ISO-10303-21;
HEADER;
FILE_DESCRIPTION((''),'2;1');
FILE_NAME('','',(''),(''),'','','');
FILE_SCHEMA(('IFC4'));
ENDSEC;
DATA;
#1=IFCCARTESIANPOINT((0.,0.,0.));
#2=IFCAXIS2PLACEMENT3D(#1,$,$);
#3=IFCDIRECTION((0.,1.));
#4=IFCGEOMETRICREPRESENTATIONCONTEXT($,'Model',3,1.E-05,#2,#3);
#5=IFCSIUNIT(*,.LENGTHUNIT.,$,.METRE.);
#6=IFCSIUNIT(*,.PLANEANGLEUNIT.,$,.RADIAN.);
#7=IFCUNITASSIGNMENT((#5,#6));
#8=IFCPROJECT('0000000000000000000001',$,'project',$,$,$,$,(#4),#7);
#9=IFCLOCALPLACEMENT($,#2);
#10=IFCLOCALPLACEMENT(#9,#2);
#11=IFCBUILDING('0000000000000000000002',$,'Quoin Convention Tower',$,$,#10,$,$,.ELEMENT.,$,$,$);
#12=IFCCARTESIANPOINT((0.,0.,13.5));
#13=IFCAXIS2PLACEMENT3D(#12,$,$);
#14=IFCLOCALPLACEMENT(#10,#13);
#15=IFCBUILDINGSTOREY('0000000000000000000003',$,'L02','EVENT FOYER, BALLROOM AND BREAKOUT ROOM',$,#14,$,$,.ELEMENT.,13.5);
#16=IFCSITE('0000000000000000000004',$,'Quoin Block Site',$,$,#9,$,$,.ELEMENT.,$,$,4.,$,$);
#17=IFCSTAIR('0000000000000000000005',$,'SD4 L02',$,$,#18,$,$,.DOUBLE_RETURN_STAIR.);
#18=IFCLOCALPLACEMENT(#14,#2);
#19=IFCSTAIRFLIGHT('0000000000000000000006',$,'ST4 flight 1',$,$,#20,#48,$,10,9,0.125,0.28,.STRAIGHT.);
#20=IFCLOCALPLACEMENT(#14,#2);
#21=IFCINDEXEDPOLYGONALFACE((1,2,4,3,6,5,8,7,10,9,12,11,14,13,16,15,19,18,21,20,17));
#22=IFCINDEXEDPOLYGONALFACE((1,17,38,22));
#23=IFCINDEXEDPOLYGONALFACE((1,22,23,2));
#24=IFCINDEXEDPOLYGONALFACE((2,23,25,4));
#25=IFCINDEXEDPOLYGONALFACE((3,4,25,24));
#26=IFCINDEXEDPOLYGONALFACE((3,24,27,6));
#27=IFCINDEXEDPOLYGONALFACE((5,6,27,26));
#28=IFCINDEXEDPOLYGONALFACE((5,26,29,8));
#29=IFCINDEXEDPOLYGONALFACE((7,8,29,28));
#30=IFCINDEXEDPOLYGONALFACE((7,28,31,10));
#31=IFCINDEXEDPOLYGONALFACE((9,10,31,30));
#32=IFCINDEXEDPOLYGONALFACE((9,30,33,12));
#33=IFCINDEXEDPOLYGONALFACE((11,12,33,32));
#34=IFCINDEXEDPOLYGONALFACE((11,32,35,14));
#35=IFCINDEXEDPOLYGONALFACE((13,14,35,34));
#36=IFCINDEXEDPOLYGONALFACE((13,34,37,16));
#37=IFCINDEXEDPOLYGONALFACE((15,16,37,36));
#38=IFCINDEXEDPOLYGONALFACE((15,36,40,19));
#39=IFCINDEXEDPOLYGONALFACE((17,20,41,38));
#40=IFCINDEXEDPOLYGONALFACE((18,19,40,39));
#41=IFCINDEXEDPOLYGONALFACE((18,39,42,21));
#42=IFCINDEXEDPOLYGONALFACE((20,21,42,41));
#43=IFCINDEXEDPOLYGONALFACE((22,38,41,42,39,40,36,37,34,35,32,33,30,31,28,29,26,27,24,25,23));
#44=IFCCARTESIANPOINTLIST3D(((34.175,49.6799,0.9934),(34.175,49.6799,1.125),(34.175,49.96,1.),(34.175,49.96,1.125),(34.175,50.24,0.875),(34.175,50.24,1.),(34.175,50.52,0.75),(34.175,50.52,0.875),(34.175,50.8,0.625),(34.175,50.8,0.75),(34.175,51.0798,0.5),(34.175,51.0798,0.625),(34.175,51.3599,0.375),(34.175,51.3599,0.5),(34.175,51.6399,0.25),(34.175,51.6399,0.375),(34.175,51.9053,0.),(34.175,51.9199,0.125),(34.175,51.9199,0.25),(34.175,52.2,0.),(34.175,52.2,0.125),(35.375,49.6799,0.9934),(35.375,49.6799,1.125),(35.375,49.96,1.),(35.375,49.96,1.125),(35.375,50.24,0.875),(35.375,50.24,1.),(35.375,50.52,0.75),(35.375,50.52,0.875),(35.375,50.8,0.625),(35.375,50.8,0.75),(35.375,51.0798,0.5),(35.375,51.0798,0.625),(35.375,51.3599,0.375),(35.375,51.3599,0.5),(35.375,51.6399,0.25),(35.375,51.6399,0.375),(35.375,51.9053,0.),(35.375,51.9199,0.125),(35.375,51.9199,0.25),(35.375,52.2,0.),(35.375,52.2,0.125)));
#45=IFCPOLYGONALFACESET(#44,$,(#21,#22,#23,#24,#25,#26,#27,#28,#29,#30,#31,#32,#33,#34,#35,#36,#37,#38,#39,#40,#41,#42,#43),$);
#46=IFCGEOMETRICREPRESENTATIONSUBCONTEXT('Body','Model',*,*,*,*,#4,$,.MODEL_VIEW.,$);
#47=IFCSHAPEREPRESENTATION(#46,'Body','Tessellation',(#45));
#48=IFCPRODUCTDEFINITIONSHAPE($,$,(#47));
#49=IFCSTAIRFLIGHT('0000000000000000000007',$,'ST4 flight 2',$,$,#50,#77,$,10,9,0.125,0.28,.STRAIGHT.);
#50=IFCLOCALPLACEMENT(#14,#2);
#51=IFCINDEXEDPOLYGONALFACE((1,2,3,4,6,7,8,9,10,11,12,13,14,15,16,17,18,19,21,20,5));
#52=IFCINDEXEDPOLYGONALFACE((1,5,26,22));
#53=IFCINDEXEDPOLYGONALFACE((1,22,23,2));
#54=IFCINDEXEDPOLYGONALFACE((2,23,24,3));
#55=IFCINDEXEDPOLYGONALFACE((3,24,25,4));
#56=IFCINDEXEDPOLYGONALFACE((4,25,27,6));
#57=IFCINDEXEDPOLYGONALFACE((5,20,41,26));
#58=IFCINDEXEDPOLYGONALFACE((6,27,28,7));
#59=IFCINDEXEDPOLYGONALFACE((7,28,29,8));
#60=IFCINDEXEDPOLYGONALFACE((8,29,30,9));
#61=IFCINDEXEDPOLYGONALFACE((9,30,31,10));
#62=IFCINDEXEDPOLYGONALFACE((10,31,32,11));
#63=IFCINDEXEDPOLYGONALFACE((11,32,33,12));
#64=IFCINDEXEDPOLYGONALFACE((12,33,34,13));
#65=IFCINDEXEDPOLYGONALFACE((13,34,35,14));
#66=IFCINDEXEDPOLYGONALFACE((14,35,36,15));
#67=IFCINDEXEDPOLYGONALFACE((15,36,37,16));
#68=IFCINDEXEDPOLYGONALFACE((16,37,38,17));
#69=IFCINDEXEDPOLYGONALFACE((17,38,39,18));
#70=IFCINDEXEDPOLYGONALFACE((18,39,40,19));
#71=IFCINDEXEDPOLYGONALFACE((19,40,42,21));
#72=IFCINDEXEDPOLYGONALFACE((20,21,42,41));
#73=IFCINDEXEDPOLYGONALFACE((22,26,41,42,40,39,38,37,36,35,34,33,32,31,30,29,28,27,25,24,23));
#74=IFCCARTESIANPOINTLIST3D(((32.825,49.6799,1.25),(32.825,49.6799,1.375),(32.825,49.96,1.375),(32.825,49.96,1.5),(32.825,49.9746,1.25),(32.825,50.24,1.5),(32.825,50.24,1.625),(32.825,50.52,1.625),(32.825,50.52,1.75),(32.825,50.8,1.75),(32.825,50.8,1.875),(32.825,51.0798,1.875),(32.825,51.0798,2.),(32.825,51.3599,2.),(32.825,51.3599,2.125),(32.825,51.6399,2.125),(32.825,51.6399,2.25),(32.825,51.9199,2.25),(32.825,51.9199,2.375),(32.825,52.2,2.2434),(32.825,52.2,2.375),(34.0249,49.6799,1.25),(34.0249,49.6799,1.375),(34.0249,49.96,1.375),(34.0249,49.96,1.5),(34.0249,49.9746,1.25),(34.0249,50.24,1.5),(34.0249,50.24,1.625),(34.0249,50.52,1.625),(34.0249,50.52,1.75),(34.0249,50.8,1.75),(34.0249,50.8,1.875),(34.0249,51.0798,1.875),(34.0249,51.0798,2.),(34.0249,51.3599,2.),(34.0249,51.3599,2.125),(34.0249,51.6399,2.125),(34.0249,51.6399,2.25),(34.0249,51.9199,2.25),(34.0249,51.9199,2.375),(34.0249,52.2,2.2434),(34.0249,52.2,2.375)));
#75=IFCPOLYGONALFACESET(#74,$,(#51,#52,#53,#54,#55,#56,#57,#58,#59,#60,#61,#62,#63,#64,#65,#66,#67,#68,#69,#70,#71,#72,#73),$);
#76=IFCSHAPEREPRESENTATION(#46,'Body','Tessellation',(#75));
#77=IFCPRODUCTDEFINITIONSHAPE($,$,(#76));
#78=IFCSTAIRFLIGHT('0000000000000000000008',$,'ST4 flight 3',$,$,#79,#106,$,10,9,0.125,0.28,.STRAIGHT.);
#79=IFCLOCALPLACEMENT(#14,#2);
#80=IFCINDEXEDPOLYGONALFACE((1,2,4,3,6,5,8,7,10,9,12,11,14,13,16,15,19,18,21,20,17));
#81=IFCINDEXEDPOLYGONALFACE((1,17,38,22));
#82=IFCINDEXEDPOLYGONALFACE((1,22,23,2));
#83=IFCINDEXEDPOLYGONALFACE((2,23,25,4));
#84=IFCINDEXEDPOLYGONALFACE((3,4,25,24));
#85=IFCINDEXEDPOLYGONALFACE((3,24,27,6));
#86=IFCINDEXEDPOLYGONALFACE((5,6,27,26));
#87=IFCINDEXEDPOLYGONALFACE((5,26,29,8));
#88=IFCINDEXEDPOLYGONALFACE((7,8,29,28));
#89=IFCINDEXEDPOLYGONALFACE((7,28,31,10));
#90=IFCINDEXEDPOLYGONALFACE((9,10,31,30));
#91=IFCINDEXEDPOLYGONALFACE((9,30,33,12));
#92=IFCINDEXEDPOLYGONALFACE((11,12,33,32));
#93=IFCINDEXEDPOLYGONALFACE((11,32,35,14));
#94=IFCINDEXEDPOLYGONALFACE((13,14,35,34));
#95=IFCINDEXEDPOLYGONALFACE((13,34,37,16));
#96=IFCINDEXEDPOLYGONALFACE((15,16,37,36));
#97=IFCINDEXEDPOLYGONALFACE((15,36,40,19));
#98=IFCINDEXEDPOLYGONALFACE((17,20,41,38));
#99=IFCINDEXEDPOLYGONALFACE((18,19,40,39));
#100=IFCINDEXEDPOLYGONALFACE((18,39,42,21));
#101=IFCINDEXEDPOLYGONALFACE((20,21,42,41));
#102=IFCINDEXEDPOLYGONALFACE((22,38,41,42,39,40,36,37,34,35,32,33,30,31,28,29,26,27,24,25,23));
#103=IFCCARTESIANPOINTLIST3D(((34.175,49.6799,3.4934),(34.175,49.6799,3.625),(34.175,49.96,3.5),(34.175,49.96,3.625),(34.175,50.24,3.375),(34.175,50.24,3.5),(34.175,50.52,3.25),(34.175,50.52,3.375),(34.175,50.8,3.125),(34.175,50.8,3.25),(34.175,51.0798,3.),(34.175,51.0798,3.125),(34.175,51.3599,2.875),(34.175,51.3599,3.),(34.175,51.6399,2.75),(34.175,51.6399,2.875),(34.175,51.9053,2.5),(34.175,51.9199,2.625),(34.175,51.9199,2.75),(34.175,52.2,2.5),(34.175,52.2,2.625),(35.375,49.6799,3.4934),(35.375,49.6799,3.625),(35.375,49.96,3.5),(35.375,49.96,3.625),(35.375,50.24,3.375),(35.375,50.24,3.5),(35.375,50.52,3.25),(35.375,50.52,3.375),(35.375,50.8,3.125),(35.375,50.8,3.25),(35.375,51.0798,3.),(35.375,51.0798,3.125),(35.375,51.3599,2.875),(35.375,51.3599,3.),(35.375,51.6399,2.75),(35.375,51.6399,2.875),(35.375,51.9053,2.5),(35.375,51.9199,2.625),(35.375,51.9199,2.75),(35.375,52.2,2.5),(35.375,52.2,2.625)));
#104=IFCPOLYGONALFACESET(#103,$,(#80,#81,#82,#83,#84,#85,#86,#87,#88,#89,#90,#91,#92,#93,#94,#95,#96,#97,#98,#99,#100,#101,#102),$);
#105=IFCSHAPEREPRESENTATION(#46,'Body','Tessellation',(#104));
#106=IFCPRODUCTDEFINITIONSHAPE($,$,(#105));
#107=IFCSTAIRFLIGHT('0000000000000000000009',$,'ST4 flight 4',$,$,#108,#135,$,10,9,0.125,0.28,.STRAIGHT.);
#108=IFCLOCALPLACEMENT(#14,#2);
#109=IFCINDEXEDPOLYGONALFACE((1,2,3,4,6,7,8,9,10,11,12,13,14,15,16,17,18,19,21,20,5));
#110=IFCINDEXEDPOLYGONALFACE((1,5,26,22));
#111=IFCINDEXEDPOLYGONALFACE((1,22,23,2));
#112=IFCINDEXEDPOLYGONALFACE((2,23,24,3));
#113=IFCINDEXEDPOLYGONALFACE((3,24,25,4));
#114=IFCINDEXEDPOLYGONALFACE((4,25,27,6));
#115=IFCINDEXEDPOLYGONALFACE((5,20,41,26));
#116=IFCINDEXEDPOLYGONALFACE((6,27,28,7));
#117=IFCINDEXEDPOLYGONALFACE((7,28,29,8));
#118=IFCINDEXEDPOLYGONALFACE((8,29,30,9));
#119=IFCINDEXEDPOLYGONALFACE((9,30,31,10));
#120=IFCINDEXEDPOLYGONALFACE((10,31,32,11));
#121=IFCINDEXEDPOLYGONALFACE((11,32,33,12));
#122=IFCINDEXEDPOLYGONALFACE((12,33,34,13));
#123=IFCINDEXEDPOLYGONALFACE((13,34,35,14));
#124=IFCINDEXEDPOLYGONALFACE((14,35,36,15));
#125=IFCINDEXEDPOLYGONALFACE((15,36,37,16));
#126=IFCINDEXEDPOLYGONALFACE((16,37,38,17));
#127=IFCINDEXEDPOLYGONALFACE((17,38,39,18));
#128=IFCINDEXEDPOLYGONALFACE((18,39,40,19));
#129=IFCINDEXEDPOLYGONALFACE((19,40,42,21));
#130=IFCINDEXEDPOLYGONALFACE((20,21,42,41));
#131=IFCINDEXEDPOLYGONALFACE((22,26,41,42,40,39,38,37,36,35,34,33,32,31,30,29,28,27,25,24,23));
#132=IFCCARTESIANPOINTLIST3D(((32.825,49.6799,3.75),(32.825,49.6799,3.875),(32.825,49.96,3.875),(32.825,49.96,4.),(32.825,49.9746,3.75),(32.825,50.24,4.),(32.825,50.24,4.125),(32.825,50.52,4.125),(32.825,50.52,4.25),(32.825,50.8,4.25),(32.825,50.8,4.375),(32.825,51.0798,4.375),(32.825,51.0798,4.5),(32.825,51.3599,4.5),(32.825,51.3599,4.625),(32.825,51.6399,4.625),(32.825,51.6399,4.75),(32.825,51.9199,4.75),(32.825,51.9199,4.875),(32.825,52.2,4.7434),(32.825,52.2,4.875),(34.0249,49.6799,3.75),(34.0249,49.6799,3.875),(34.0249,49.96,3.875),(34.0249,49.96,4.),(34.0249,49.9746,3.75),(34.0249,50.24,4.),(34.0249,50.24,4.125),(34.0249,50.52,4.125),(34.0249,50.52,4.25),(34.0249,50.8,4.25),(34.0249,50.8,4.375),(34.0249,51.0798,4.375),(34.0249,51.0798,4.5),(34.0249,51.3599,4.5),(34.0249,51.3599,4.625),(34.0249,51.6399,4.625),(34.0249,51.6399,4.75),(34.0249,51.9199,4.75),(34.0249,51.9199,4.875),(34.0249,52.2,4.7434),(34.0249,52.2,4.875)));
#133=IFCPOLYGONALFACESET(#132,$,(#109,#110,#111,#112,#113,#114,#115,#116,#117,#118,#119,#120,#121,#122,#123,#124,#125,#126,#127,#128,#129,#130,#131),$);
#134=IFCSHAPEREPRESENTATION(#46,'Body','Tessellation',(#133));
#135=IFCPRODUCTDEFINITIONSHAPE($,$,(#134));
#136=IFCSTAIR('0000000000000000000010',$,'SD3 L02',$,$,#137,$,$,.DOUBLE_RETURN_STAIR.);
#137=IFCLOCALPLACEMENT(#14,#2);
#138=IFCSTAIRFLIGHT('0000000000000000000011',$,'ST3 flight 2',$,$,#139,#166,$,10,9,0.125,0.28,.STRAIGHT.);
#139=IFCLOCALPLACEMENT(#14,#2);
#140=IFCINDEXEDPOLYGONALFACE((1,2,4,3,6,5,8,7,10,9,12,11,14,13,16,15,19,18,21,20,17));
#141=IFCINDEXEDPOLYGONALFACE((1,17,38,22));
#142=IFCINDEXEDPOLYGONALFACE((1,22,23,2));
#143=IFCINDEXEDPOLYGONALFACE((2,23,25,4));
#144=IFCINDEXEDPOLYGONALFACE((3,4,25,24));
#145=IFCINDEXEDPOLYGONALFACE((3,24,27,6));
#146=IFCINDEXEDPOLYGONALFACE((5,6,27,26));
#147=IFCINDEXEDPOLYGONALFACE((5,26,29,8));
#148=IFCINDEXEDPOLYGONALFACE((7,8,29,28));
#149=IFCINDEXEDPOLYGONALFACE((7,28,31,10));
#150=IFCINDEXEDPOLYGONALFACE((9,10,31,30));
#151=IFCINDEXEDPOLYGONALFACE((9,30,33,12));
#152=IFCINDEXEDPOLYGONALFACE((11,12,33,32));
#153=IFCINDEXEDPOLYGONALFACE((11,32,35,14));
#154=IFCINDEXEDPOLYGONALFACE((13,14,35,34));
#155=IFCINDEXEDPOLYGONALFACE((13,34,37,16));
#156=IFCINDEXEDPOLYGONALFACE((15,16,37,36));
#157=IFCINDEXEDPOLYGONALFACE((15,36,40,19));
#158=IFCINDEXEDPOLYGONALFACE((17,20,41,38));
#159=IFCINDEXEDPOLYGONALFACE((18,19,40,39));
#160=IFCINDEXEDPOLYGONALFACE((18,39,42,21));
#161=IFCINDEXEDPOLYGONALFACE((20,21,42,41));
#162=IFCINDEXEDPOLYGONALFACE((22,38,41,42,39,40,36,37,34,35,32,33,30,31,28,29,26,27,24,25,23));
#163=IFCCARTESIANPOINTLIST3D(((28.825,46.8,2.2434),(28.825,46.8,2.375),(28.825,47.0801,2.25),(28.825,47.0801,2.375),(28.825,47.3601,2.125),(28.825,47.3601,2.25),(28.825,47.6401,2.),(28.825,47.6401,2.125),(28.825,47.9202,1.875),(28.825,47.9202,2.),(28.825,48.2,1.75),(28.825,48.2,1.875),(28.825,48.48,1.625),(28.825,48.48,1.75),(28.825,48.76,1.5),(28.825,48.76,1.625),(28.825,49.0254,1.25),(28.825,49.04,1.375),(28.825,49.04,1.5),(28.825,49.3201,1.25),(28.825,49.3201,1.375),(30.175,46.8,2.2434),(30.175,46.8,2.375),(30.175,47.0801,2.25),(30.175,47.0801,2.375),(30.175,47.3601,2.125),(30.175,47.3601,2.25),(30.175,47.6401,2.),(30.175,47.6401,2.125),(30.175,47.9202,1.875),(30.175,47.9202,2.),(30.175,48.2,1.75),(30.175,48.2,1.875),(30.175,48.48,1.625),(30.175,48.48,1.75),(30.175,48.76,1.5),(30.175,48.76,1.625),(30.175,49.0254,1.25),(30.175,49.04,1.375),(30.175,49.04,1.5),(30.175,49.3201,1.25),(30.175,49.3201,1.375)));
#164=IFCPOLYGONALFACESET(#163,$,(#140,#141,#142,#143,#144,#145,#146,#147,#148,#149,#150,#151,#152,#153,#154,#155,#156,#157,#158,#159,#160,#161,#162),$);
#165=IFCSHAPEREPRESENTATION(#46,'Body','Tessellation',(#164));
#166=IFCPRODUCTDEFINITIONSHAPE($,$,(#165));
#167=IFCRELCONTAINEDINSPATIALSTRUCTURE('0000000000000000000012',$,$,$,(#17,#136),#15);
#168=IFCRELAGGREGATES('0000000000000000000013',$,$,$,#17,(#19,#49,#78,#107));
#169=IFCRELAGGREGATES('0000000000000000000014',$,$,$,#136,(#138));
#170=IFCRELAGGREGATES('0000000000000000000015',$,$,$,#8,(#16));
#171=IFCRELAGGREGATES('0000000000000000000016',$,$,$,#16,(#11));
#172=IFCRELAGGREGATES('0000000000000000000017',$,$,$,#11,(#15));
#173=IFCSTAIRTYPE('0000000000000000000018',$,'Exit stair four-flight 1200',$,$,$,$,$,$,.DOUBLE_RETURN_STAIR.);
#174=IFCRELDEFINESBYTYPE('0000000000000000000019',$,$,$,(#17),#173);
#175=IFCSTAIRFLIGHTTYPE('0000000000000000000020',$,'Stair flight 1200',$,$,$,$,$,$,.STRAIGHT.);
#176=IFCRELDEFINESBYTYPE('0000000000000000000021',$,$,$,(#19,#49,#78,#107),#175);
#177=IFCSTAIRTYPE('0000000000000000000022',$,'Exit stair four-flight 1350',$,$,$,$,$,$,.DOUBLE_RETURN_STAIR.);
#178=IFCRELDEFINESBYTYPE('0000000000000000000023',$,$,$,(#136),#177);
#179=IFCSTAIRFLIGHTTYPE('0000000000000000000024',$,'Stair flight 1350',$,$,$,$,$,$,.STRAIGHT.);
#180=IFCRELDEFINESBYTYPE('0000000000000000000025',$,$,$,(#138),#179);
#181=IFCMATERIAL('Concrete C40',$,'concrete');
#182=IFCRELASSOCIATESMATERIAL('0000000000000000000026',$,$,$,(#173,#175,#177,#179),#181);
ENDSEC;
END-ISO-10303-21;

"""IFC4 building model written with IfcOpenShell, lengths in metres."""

from ifc_helpers import new_model, si_unit, direction, frame, origin, place, context, subcontext, project, spatial, polyline, outline, extrude, material, type_object, element, aggregate, save


model = new_model("IFC4")

# Units and contexts
model_context = context("Model", 3, precision=1e-05, world=origin(), true_north=direction((0.0, 1.0)))
body_context = subcontext(model_context, "Body", "Model", "MODEL_VIEW")
ifc_project = project(units=[si_unit("LENGTHUNIT", "METRE"), si_unit("PLANEANGLEUNIT", "RADIAN")], contexts=[model_context])

# Site, building, storey
site_placement = place(None, origin())
site = spatial("IfcSite", under=ifc_project, at=site_placement, Name="Quoin Block Site", CompositionType="ELEMENT", RefElevation=4.0)
building_placement = place(site_placement, origin())
building = spatial("IfcBuilding", under=site, at=building_placement, Name="Quoin Convention Tower", CompositionType="ELEMENT")
storey_placement = place(building_placement, frame((0.0, 0.0, 13.5)))
storey = spatial("IfcBuildingStorey", under=building, at=storey_placement, Name="L02", Description="EVENT FOYER, BALLROOM AND BREAKOUT ROOM", CompositionType="ELEMENT", Elevation=13.5)

# Stairs, stair flights
ifc_material_1 = material(Name="Concrete C40", Category="concrete")
stair_type_1 = type_object("IfcStairType", Name="Exit stair four-flight 1200", PredefinedType="DOUBLE_RETURN_STAIR", material=ifc_material_1)
stair_1_placement = place(storey_placement, origin())
stair_1 = element("IfcStair", 1, at=stair_1_placement, inside=storey, type_object=stair_type_1, Name="SD4 L02", PredefinedType="DOUBLE_RETURN_STAIR")
stair_flight_type_1 = type_object("IfcStairFlightType", Name="Stair flight 1200", PredefinedType="STRAIGHT", material=ifc_material_1)
stair_flight_1_placement = place(storey_placement, frame((34.7749, 52.2, 0.0), z_axis=(0.0, 0.0, 1.0), x_axis=(0.0, -1.0, 0.0)))
stair_flight_1 = element("IfcStairFlight", 2, at=stair_flight_1_placement, type_object=stair_flight_type_1, Name="ST4 flight 1", NumberOfRisers=10, NumberOfTreads=9, PredefinedType="STRAIGHT", RiserHeight=0.125, TreadLength=0.28, context=body_context, shape_type="SweptSolid", body=[
    extrude(outline(polyline([(0.0, 0.0), (0.0, 0.125), (0.28, 0.125), (0.28, 0.25), (0.5601, 0.25), (0.5601, 0.375), (0.8401, 0.375), (0.8401, 0.5), (1.1201, 0.5), (1.1201, 0.625), (1.3999, 0.625), (1.3999, 0.75), (1.6799, 0.75), (1.6799, 0.875), (1.96, 0.875), (1.96, 1.0), (2.24, 1.0), (2.24, 1.125), (2.52, 1.125), (2.52, 1.25), (2.52, 0.9934), (0.2947, 0.0), (0.0, 0.0)])), frame((0.0, 0.6001, 0.0), z_axis=(0.0, -1.0, 0.0), x_axis=(1.0, 0.0, 0.0)), (0.0, 0.0, 1.0), 1.2),
])
stair_flight_2_placement = place(storey_placement, frame((33.425, 49.6799, 1.25), z_axis=(0.0, 0.0, 1.0), x_axis=(0.0, 1.0, 0.0)))
stair_flight_2 = element("IfcStairFlight", 3, at=stair_flight_2_placement, type_object=stair_flight_type_1, Name="ST4 flight 2", NumberOfRisers=10, NumberOfTreads=9, PredefinedType="STRAIGHT", RiserHeight=0.125, TreadLength=0.28, context=body_context, shape_type="SweptSolid", body=[
    extrude(outline(polyline([(0.0, 0.0), (0.0, 0.125), (0.28, 0.125), (0.28, 0.25), (0.5601, 0.25), (0.5601, 0.375), (0.8401, 0.375), (0.8401, 0.5), (1.1201, 0.5), (1.1201, 0.625), (1.3999, 0.625), (1.3999, 0.75), (1.6799, 0.75), (1.6799, 0.875), (1.96, 0.875), (1.96, 1.0), (2.24, 1.0), (2.24, 1.125), (2.52, 1.125), (2.52, 1.25), (2.52, 0.9934), (0.2947, 0.0), (0.0, 0.0)])), frame((0.0, 0.6001, 0.0), z_axis=(0.0, -1.0, 0.0), x_axis=(1.0, 0.0, 0.0)), (0.0, 0.0, 1.0), 1.2),
])
stair_flight_3_placement = place(storey_placement, frame((34.7749, 52.2, 2.5), z_axis=(0.0, 0.0, 1.0), x_axis=(0.0, -1.0, 0.0)))
stair_flight_3 = element("IfcStairFlight", 4, at=stair_flight_3_placement, type_object=stair_flight_type_1, Name="ST4 flight 3", NumberOfRisers=10, NumberOfTreads=9, PredefinedType="STRAIGHT", RiserHeight=0.125, TreadLength=0.28, context=body_context, shape_type="SweptSolid", body=[
    extrude(outline(polyline([(0.0, 0.0), (0.0, 0.125), (0.28, 0.125), (0.28, 0.25), (0.5601, 0.25), (0.5601, 0.375), (0.8401, 0.375), (0.8401, 0.5), (1.1201, 0.5), (1.1201, 0.625), (1.3999, 0.625), (1.3999, 0.75), (1.6799, 0.75), (1.6799, 0.875), (1.96, 0.875), (1.96, 1.0), (2.24, 1.0), (2.24, 1.125), (2.52, 1.125), (2.52, 1.25), (2.52, 0.9934), (0.2947, 0.0), (0.0, 0.0)])), frame((0.0, 0.6001, 0.0), z_axis=(0.0, -1.0, 0.0), x_axis=(1.0, 0.0, 0.0)), (0.0, 0.0, 1.0), 1.2),
])
stair_flight_4_placement = place(storey_placement, frame((33.425, 49.6799, 3.75), z_axis=(0.0, 0.0, 1.0), x_axis=(0.0, 1.0, 0.0)))
stair_flight_4 = element("IfcStairFlight", 5, at=stair_flight_4_placement, type_object=stair_flight_type_1, Name="ST4 flight 4", NumberOfRisers=10, NumberOfTreads=9, PredefinedType="STRAIGHT", RiserHeight=0.125, TreadLength=0.28, context=body_context, shape_type="SweptSolid", body=[
    extrude(outline(polyline([(0.0, 0.0), (0.0, 0.125), (0.28, 0.125), (0.28, 0.25), (0.5601, 0.25), (0.5601, 0.375), (0.8401, 0.375), (0.8401, 0.5), (1.1201, 0.5), (1.1201, 0.625), (1.3999, 0.625), (1.3999, 0.75), (1.6799, 0.75), (1.6799, 0.875), (1.96, 0.875), (1.96, 1.0), (2.24, 1.0), (2.24, 1.125), (2.52, 1.125), (2.52, 1.25), (2.52, 0.9934), (0.2947, 0.0), (0.0, 0.0)])), frame((0.0, 0.6001, 0.0), z_axis=(0.0, -1.0, 0.0), x_axis=(1.0, 0.0, 0.0)), (0.0, 0.0, 1.0), 1.2),
])
aggregate(stair_1, [stair_flight_1, stair_flight_2, stair_flight_3, stair_flight_4])
stair_type_2 = type_object("IfcStairType", Name="Exit stair four-flight 1350", PredefinedType="DOUBLE_RETURN_STAIR", material=ifc_material_1)
stair_2_placement = place(storey_placement, origin())
stair_2 = element("IfcStair", 6, at=stair_2_placement, inside=storey, type_object=stair_type_2, Name="SD3 L02", PredefinedType="DOUBLE_RETURN_STAIR")
stair_flight_type_2 = type_object("IfcStairFlightType", Name="Stair flight 1350", PredefinedType="STRAIGHT", material=ifc_material_1)
stair_flight_5_placement = place(storey_placement, frame((29.5, 49.3201, 1.25), z_axis=(0.0, 0.0, 1.0), x_axis=(0.0, -1.0, 0.0)))
stair_flight_5 = element("IfcStairFlight", 7, at=stair_flight_5_placement, type_object=stair_flight_type_2, Name="ST3 flight 2", NumberOfRisers=10, NumberOfTreads=9, PredefinedType="STRAIGHT", RiserHeight=0.125, TreadLength=0.28, context=body_context, shape_type="SweptSolid", body=[
    extrude(outline(polyline([(0.0, 0.0), (0.0, 0.125), (0.28, 0.125), (0.28, 0.25), (0.5601, 0.25), (0.5601, 0.375), (0.8401, 0.375), (0.8401, 0.5), (1.1201, 0.5), (1.1201, 0.625), (1.3999, 0.625), (1.3999, 0.75), (1.6799, 0.75), (1.6799, 0.875), (1.96, 0.875), (1.96, 1.0), (2.24, 1.0), (2.24, 1.125), (2.52, 1.125), (2.52, 1.25), (2.52, 0.9934), (0.2947, 0.0), (0.0, 0.0)])), frame((0.0, 0.675, 0.0), z_axis=(0.0, -1.0, 0.0), x_axis=(1.0, 0.0, 0.0)), (0.0, 0.0, 1.0), 1.3501),
])
aggregate(stair_2, [stair_flight_5])

save(model, "model.ifc")
